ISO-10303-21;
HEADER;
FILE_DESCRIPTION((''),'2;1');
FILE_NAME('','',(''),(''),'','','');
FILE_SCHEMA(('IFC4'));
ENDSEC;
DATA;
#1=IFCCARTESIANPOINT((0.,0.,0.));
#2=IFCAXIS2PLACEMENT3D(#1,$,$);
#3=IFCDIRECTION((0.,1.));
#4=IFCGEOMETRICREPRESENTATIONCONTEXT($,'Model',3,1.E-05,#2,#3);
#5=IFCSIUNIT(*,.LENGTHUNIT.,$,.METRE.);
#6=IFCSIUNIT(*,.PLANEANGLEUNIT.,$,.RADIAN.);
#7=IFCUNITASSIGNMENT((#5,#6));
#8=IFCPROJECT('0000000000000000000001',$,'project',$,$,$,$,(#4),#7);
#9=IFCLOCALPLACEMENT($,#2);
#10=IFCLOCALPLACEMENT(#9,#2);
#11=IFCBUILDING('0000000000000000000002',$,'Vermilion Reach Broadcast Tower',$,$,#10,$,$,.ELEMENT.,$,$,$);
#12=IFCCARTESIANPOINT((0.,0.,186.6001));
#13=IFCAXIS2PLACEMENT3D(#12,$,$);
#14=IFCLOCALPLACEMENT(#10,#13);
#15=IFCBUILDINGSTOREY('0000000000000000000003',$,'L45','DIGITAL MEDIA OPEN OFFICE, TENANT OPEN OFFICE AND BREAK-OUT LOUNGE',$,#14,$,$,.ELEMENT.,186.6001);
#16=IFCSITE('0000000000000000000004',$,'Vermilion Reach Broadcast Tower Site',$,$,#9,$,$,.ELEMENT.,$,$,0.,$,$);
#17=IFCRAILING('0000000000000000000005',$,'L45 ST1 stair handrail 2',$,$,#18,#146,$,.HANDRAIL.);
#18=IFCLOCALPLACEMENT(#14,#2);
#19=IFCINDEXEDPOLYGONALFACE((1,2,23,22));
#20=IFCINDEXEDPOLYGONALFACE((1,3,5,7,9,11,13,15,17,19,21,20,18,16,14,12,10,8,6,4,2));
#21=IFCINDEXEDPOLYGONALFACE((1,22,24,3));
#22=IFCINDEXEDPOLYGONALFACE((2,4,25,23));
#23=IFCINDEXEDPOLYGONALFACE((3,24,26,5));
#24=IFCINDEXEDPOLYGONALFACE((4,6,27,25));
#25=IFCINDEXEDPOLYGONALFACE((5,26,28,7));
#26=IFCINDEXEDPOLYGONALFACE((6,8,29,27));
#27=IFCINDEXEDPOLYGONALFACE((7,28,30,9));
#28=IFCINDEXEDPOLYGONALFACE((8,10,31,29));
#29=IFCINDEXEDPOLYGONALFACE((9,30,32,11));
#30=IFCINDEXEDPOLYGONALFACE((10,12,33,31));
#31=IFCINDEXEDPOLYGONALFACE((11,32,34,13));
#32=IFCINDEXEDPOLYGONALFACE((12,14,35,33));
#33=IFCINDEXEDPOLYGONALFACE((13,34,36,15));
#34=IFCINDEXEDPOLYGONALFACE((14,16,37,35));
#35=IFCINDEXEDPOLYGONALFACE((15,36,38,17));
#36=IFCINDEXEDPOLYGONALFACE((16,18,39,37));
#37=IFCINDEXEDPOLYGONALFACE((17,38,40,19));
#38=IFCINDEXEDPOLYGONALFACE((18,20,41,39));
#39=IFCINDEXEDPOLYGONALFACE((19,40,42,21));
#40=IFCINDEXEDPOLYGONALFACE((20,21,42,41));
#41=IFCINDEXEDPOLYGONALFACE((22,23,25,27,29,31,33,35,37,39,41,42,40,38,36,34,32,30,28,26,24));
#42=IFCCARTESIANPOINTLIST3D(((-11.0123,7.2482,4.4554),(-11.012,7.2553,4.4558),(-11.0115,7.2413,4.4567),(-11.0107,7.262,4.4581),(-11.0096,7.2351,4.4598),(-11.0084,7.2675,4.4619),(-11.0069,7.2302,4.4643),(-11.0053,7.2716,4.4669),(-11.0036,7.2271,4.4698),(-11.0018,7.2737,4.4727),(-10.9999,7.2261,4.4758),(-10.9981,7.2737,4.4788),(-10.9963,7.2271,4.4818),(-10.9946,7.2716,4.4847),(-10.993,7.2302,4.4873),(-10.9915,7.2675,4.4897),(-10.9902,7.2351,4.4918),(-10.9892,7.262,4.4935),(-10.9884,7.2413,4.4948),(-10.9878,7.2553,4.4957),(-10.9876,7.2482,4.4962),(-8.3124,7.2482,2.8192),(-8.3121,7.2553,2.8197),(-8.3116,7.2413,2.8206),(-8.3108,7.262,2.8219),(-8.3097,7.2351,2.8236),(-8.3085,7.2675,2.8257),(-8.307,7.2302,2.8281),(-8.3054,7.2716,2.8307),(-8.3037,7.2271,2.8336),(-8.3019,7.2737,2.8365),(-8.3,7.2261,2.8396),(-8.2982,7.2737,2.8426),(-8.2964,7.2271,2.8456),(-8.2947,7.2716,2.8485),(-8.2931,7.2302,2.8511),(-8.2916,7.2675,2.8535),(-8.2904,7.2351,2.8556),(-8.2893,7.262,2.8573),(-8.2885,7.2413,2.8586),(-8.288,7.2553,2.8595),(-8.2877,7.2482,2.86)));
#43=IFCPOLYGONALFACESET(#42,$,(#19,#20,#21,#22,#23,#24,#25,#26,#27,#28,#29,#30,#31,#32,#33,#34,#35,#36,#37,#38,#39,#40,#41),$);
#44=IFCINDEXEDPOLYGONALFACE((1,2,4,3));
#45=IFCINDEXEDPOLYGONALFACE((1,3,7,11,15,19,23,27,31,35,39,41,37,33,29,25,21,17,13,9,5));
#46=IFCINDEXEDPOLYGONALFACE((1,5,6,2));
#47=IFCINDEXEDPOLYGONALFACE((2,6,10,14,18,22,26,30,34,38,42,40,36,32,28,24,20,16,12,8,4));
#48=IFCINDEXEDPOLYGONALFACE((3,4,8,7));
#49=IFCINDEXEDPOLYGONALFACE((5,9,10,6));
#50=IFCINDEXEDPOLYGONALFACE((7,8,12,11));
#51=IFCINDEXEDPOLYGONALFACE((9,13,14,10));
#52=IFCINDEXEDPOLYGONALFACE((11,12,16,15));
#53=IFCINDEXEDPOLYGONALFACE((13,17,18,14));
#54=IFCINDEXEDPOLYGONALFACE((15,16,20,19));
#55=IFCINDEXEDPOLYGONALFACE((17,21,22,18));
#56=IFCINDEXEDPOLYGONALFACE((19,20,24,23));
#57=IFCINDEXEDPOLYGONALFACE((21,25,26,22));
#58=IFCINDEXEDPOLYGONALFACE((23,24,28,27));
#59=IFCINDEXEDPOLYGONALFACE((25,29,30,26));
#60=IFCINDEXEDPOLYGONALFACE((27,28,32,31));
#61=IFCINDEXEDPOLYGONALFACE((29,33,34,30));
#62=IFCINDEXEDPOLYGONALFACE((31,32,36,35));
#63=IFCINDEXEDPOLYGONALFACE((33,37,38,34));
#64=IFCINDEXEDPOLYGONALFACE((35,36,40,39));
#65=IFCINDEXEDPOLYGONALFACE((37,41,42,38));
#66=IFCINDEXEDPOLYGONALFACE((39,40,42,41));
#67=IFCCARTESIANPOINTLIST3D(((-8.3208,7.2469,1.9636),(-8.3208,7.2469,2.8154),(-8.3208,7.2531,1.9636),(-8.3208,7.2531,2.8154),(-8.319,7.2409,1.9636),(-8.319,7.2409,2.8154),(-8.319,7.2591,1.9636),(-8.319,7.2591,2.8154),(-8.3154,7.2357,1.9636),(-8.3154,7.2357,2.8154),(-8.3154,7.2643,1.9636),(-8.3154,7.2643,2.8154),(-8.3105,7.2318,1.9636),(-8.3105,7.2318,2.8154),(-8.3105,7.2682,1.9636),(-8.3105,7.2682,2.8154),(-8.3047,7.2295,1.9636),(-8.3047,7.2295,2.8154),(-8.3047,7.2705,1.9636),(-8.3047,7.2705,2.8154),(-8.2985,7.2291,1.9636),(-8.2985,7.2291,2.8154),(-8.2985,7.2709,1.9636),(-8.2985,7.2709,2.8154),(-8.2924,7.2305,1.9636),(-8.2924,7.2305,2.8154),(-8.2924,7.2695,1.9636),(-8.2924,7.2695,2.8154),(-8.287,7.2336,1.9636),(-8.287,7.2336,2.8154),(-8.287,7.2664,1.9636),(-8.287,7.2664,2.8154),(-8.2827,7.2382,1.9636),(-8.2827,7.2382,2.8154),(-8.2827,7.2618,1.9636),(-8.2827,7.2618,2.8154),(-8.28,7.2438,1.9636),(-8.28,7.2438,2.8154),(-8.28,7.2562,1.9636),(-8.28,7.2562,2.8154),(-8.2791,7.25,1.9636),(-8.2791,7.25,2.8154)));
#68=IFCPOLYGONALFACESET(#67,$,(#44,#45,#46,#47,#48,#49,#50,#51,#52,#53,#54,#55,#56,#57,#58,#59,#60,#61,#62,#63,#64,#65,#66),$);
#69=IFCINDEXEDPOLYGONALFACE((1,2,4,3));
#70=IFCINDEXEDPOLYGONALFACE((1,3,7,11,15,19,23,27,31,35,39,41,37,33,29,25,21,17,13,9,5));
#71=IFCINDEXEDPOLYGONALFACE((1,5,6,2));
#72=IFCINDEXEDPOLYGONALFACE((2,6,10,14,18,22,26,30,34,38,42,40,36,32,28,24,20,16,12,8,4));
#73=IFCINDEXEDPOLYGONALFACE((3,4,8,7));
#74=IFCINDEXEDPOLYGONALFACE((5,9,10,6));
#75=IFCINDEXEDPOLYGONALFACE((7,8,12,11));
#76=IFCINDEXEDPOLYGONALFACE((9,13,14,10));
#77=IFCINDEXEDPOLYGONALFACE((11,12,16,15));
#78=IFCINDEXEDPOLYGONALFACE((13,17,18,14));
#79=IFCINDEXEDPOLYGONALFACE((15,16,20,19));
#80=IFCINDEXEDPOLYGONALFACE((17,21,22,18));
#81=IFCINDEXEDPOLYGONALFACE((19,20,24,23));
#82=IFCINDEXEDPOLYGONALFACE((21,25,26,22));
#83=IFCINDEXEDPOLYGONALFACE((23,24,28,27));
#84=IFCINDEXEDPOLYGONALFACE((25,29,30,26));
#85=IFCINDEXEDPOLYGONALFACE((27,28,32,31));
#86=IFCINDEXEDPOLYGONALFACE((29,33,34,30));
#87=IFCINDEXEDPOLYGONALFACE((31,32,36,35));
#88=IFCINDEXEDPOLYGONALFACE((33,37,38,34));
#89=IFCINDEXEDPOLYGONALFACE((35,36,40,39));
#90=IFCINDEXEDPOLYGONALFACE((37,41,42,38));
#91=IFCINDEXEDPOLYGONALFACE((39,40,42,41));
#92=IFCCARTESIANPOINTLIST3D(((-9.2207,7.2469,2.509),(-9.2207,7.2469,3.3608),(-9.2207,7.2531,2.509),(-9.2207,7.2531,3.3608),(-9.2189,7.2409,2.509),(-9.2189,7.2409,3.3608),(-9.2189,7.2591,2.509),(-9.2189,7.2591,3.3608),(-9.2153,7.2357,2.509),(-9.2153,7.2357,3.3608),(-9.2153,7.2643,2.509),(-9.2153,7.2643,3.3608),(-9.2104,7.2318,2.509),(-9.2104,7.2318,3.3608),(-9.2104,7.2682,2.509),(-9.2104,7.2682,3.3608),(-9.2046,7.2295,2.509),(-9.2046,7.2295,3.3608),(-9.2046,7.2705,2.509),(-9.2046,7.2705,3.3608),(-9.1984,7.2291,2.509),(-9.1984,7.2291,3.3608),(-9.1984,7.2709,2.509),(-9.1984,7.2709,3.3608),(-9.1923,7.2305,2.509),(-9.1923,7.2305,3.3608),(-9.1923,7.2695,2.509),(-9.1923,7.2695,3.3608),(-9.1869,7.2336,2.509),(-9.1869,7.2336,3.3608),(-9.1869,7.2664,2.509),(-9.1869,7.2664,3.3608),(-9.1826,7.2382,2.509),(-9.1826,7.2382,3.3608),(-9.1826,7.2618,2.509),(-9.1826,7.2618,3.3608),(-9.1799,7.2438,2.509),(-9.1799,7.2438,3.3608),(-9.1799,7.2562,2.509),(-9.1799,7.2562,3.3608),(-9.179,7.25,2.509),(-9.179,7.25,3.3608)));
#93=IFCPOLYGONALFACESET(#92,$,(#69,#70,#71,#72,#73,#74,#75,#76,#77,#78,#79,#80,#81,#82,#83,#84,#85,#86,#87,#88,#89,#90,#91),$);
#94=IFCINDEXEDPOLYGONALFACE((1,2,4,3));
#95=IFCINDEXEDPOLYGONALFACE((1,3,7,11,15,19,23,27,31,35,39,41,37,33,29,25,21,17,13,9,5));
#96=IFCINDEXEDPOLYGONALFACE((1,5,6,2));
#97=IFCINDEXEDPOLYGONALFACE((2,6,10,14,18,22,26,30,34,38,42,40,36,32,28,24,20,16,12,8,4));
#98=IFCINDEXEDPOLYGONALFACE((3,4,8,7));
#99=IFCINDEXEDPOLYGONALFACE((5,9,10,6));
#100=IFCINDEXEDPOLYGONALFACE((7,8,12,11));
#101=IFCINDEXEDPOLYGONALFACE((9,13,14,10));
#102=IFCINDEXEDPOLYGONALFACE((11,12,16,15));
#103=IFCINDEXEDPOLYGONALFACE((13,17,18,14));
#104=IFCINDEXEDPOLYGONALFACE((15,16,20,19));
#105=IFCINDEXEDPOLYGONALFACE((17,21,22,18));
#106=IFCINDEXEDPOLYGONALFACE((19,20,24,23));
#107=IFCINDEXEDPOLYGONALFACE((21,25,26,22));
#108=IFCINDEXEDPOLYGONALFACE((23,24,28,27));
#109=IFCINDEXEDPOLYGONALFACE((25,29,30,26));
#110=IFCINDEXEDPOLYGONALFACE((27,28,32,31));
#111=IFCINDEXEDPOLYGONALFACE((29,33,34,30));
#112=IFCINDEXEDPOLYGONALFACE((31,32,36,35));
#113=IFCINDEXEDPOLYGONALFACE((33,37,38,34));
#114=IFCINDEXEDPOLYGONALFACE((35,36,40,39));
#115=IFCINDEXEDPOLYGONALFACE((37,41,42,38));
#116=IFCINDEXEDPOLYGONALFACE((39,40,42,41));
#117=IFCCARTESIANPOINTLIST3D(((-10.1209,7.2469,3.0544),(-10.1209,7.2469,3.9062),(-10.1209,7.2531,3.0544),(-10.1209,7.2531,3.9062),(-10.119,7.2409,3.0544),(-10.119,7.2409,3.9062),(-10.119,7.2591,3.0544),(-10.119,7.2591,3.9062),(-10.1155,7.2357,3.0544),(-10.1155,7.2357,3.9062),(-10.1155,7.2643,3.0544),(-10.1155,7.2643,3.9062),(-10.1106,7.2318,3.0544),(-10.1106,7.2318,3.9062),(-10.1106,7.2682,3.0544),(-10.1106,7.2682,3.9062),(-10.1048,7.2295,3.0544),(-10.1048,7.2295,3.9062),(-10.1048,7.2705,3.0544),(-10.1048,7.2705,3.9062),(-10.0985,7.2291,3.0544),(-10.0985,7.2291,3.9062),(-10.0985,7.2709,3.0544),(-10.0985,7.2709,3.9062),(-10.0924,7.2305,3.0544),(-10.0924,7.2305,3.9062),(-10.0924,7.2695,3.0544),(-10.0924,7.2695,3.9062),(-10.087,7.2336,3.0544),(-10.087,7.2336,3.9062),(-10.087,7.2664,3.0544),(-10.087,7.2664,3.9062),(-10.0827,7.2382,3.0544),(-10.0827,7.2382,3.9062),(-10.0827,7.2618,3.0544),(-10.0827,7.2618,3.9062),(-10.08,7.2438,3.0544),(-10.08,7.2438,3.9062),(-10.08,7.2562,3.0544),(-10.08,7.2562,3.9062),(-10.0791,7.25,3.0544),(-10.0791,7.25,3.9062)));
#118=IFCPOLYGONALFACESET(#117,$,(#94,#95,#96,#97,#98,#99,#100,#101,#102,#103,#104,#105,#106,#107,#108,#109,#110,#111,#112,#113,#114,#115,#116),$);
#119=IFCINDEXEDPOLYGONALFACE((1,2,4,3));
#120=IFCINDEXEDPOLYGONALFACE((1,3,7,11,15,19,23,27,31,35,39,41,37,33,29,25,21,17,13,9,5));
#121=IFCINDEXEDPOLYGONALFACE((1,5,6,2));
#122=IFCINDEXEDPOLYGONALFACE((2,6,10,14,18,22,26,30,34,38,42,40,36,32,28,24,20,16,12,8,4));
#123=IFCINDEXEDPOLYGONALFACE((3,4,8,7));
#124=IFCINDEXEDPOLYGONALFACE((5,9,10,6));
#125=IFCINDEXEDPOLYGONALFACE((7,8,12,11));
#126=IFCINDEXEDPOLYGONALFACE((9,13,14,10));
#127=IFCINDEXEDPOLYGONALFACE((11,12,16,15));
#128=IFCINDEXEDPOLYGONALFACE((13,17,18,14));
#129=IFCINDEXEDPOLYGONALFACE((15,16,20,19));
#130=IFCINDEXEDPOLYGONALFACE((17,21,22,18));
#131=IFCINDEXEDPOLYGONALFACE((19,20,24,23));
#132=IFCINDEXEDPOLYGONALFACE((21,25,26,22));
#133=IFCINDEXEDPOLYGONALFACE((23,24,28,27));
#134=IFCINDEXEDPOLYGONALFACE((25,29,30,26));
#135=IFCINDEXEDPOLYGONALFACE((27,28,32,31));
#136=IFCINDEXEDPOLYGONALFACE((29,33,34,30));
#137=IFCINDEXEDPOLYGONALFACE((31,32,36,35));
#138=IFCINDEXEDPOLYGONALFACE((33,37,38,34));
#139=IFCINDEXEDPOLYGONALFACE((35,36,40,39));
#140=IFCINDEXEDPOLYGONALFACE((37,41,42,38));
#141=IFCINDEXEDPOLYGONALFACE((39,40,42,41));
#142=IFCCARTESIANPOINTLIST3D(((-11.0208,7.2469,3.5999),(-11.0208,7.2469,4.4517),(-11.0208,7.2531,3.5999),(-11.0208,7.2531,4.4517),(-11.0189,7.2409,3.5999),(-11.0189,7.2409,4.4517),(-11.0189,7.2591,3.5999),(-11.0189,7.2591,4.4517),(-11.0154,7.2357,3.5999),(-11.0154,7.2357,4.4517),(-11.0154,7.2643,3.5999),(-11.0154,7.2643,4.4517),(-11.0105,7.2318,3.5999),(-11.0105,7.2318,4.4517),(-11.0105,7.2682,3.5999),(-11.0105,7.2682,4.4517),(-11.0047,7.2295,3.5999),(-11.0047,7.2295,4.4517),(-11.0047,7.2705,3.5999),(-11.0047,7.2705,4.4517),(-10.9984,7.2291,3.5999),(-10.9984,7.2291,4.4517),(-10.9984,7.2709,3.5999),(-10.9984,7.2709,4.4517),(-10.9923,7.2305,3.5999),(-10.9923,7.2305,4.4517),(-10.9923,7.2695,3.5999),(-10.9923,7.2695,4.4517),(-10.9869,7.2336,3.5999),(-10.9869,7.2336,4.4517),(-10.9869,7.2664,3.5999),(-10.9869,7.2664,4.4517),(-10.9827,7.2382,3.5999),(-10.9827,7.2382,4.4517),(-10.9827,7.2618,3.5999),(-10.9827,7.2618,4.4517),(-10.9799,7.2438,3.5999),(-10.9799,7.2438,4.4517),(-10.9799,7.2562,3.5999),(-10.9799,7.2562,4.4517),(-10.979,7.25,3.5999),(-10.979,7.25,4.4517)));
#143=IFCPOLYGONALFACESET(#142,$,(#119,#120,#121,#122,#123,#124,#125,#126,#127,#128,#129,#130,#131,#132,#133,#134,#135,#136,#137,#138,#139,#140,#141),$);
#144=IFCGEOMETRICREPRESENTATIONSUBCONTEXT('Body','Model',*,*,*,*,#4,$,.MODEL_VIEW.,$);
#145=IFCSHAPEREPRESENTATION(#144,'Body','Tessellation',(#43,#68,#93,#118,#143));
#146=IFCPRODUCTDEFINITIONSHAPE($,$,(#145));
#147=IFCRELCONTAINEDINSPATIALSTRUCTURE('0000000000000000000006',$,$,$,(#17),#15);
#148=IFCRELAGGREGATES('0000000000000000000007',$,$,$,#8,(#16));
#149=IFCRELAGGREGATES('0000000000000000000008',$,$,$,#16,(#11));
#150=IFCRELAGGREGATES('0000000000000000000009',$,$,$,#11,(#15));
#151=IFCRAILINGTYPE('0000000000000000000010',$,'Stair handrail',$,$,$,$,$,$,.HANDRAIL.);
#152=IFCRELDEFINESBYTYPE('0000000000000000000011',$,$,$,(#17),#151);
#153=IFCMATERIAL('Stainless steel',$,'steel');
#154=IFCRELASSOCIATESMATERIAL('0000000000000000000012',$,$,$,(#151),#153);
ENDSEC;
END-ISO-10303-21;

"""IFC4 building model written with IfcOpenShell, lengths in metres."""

from ifc_helpers import new_model, si_unit, direction, frame, origin, origin_2d, place, context, subcontext, project, spatial, circle, extrude, material, type_object, element, save


model = new_model("IFC4")

# Units and contexts
model_context = context("Model", 3, precision=1e-05, world=origin(), true_north=direction((0.0, 1.0)))
body_context = subcontext(model_context, "Body", "Model", "MODEL_VIEW")
ifc_project = project(units=[si_unit("LENGTHUNIT", "METRE"), si_unit("PLANEANGLEUNIT", "RADIAN")], contexts=[model_context])

# Site, building, storey
site_placement = place(None, origin())
site = spatial("IfcSite", under=ifc_project, at=site_placement, Name="Vermilion Reach Broadcast Tower Site", CompositionType="ELEMENT", RefElevation=0.0)
building_placement = place(site_placement, origin())
building = spatial("IfcBuilding", under=site, at=building_placement, Name="Vermilion Reach Broadcast Tower", CompositionType="ELEMENT")
storey_placement = place(building_placement, frame((0.0, 0.0, 186.6001)))
storey = spatial("IfcBuildingStorey", under=building, at=storey_placement, Name="L45", Description="DIGITAL MEDIA OPEN OFFICE, TENANT OPEN OFFICE AND BREAK-OUT LOUNGE", CompositionType="ELEMENT", Elevation=186.6001)

# Railing
ifc_material_1 = material(Name="Stainless steel", Category="steel")
railing_type_1 = type_object("IfcRailingType", Name="Stair handrail", PredefinedType="HANDRAIL", material=ifc_material_1)
railing_1_placement = place(storey_placement, frame((-8.3, 7.25, 1.9636)))
element("IfcRailing", 1, at=railing_1_placement, inside=storey, type_object=railing_type_1, Name="L45 ST1 stair handrail 2", PredefinedType="HANDRAIL", context=body_context, shape_type="SweptSolid", body=[
    extrude(circle(Radius=0.0239, at=origin_2d()), frame((0.0, 0.0, 0.876), z_axis=(-0.855212, 0.0, 0.518278), x_axis=(0.0, -1.0, 0.0)), (0.0, 0.0, 1.0), 3.157),
    extrude(circle(Radius=0.021, at=origin_2d()), origin(), (0.0, 0.0, 1.0), 0.8518),
    extrude(circle(Radius=0.021, at=origin_2d()), frame((-0.8999, 0.0, 0.5454)), (0.0, 0.0, 1.0), 0.8518),
    extrude(circle(Radius=0.021, at=origin_2d()), frame((-1.8, 0.0, 1.0908)), (0.0, 0.0, 1.0), 0.8518),
    extrude(circle(Radius=0.021, at=origin_2d()), frame((-2.7, 0.0, 1.6362)), (0.0, 0.0, 1.0), 0.8518),
])

save(model, "model.ifc")
